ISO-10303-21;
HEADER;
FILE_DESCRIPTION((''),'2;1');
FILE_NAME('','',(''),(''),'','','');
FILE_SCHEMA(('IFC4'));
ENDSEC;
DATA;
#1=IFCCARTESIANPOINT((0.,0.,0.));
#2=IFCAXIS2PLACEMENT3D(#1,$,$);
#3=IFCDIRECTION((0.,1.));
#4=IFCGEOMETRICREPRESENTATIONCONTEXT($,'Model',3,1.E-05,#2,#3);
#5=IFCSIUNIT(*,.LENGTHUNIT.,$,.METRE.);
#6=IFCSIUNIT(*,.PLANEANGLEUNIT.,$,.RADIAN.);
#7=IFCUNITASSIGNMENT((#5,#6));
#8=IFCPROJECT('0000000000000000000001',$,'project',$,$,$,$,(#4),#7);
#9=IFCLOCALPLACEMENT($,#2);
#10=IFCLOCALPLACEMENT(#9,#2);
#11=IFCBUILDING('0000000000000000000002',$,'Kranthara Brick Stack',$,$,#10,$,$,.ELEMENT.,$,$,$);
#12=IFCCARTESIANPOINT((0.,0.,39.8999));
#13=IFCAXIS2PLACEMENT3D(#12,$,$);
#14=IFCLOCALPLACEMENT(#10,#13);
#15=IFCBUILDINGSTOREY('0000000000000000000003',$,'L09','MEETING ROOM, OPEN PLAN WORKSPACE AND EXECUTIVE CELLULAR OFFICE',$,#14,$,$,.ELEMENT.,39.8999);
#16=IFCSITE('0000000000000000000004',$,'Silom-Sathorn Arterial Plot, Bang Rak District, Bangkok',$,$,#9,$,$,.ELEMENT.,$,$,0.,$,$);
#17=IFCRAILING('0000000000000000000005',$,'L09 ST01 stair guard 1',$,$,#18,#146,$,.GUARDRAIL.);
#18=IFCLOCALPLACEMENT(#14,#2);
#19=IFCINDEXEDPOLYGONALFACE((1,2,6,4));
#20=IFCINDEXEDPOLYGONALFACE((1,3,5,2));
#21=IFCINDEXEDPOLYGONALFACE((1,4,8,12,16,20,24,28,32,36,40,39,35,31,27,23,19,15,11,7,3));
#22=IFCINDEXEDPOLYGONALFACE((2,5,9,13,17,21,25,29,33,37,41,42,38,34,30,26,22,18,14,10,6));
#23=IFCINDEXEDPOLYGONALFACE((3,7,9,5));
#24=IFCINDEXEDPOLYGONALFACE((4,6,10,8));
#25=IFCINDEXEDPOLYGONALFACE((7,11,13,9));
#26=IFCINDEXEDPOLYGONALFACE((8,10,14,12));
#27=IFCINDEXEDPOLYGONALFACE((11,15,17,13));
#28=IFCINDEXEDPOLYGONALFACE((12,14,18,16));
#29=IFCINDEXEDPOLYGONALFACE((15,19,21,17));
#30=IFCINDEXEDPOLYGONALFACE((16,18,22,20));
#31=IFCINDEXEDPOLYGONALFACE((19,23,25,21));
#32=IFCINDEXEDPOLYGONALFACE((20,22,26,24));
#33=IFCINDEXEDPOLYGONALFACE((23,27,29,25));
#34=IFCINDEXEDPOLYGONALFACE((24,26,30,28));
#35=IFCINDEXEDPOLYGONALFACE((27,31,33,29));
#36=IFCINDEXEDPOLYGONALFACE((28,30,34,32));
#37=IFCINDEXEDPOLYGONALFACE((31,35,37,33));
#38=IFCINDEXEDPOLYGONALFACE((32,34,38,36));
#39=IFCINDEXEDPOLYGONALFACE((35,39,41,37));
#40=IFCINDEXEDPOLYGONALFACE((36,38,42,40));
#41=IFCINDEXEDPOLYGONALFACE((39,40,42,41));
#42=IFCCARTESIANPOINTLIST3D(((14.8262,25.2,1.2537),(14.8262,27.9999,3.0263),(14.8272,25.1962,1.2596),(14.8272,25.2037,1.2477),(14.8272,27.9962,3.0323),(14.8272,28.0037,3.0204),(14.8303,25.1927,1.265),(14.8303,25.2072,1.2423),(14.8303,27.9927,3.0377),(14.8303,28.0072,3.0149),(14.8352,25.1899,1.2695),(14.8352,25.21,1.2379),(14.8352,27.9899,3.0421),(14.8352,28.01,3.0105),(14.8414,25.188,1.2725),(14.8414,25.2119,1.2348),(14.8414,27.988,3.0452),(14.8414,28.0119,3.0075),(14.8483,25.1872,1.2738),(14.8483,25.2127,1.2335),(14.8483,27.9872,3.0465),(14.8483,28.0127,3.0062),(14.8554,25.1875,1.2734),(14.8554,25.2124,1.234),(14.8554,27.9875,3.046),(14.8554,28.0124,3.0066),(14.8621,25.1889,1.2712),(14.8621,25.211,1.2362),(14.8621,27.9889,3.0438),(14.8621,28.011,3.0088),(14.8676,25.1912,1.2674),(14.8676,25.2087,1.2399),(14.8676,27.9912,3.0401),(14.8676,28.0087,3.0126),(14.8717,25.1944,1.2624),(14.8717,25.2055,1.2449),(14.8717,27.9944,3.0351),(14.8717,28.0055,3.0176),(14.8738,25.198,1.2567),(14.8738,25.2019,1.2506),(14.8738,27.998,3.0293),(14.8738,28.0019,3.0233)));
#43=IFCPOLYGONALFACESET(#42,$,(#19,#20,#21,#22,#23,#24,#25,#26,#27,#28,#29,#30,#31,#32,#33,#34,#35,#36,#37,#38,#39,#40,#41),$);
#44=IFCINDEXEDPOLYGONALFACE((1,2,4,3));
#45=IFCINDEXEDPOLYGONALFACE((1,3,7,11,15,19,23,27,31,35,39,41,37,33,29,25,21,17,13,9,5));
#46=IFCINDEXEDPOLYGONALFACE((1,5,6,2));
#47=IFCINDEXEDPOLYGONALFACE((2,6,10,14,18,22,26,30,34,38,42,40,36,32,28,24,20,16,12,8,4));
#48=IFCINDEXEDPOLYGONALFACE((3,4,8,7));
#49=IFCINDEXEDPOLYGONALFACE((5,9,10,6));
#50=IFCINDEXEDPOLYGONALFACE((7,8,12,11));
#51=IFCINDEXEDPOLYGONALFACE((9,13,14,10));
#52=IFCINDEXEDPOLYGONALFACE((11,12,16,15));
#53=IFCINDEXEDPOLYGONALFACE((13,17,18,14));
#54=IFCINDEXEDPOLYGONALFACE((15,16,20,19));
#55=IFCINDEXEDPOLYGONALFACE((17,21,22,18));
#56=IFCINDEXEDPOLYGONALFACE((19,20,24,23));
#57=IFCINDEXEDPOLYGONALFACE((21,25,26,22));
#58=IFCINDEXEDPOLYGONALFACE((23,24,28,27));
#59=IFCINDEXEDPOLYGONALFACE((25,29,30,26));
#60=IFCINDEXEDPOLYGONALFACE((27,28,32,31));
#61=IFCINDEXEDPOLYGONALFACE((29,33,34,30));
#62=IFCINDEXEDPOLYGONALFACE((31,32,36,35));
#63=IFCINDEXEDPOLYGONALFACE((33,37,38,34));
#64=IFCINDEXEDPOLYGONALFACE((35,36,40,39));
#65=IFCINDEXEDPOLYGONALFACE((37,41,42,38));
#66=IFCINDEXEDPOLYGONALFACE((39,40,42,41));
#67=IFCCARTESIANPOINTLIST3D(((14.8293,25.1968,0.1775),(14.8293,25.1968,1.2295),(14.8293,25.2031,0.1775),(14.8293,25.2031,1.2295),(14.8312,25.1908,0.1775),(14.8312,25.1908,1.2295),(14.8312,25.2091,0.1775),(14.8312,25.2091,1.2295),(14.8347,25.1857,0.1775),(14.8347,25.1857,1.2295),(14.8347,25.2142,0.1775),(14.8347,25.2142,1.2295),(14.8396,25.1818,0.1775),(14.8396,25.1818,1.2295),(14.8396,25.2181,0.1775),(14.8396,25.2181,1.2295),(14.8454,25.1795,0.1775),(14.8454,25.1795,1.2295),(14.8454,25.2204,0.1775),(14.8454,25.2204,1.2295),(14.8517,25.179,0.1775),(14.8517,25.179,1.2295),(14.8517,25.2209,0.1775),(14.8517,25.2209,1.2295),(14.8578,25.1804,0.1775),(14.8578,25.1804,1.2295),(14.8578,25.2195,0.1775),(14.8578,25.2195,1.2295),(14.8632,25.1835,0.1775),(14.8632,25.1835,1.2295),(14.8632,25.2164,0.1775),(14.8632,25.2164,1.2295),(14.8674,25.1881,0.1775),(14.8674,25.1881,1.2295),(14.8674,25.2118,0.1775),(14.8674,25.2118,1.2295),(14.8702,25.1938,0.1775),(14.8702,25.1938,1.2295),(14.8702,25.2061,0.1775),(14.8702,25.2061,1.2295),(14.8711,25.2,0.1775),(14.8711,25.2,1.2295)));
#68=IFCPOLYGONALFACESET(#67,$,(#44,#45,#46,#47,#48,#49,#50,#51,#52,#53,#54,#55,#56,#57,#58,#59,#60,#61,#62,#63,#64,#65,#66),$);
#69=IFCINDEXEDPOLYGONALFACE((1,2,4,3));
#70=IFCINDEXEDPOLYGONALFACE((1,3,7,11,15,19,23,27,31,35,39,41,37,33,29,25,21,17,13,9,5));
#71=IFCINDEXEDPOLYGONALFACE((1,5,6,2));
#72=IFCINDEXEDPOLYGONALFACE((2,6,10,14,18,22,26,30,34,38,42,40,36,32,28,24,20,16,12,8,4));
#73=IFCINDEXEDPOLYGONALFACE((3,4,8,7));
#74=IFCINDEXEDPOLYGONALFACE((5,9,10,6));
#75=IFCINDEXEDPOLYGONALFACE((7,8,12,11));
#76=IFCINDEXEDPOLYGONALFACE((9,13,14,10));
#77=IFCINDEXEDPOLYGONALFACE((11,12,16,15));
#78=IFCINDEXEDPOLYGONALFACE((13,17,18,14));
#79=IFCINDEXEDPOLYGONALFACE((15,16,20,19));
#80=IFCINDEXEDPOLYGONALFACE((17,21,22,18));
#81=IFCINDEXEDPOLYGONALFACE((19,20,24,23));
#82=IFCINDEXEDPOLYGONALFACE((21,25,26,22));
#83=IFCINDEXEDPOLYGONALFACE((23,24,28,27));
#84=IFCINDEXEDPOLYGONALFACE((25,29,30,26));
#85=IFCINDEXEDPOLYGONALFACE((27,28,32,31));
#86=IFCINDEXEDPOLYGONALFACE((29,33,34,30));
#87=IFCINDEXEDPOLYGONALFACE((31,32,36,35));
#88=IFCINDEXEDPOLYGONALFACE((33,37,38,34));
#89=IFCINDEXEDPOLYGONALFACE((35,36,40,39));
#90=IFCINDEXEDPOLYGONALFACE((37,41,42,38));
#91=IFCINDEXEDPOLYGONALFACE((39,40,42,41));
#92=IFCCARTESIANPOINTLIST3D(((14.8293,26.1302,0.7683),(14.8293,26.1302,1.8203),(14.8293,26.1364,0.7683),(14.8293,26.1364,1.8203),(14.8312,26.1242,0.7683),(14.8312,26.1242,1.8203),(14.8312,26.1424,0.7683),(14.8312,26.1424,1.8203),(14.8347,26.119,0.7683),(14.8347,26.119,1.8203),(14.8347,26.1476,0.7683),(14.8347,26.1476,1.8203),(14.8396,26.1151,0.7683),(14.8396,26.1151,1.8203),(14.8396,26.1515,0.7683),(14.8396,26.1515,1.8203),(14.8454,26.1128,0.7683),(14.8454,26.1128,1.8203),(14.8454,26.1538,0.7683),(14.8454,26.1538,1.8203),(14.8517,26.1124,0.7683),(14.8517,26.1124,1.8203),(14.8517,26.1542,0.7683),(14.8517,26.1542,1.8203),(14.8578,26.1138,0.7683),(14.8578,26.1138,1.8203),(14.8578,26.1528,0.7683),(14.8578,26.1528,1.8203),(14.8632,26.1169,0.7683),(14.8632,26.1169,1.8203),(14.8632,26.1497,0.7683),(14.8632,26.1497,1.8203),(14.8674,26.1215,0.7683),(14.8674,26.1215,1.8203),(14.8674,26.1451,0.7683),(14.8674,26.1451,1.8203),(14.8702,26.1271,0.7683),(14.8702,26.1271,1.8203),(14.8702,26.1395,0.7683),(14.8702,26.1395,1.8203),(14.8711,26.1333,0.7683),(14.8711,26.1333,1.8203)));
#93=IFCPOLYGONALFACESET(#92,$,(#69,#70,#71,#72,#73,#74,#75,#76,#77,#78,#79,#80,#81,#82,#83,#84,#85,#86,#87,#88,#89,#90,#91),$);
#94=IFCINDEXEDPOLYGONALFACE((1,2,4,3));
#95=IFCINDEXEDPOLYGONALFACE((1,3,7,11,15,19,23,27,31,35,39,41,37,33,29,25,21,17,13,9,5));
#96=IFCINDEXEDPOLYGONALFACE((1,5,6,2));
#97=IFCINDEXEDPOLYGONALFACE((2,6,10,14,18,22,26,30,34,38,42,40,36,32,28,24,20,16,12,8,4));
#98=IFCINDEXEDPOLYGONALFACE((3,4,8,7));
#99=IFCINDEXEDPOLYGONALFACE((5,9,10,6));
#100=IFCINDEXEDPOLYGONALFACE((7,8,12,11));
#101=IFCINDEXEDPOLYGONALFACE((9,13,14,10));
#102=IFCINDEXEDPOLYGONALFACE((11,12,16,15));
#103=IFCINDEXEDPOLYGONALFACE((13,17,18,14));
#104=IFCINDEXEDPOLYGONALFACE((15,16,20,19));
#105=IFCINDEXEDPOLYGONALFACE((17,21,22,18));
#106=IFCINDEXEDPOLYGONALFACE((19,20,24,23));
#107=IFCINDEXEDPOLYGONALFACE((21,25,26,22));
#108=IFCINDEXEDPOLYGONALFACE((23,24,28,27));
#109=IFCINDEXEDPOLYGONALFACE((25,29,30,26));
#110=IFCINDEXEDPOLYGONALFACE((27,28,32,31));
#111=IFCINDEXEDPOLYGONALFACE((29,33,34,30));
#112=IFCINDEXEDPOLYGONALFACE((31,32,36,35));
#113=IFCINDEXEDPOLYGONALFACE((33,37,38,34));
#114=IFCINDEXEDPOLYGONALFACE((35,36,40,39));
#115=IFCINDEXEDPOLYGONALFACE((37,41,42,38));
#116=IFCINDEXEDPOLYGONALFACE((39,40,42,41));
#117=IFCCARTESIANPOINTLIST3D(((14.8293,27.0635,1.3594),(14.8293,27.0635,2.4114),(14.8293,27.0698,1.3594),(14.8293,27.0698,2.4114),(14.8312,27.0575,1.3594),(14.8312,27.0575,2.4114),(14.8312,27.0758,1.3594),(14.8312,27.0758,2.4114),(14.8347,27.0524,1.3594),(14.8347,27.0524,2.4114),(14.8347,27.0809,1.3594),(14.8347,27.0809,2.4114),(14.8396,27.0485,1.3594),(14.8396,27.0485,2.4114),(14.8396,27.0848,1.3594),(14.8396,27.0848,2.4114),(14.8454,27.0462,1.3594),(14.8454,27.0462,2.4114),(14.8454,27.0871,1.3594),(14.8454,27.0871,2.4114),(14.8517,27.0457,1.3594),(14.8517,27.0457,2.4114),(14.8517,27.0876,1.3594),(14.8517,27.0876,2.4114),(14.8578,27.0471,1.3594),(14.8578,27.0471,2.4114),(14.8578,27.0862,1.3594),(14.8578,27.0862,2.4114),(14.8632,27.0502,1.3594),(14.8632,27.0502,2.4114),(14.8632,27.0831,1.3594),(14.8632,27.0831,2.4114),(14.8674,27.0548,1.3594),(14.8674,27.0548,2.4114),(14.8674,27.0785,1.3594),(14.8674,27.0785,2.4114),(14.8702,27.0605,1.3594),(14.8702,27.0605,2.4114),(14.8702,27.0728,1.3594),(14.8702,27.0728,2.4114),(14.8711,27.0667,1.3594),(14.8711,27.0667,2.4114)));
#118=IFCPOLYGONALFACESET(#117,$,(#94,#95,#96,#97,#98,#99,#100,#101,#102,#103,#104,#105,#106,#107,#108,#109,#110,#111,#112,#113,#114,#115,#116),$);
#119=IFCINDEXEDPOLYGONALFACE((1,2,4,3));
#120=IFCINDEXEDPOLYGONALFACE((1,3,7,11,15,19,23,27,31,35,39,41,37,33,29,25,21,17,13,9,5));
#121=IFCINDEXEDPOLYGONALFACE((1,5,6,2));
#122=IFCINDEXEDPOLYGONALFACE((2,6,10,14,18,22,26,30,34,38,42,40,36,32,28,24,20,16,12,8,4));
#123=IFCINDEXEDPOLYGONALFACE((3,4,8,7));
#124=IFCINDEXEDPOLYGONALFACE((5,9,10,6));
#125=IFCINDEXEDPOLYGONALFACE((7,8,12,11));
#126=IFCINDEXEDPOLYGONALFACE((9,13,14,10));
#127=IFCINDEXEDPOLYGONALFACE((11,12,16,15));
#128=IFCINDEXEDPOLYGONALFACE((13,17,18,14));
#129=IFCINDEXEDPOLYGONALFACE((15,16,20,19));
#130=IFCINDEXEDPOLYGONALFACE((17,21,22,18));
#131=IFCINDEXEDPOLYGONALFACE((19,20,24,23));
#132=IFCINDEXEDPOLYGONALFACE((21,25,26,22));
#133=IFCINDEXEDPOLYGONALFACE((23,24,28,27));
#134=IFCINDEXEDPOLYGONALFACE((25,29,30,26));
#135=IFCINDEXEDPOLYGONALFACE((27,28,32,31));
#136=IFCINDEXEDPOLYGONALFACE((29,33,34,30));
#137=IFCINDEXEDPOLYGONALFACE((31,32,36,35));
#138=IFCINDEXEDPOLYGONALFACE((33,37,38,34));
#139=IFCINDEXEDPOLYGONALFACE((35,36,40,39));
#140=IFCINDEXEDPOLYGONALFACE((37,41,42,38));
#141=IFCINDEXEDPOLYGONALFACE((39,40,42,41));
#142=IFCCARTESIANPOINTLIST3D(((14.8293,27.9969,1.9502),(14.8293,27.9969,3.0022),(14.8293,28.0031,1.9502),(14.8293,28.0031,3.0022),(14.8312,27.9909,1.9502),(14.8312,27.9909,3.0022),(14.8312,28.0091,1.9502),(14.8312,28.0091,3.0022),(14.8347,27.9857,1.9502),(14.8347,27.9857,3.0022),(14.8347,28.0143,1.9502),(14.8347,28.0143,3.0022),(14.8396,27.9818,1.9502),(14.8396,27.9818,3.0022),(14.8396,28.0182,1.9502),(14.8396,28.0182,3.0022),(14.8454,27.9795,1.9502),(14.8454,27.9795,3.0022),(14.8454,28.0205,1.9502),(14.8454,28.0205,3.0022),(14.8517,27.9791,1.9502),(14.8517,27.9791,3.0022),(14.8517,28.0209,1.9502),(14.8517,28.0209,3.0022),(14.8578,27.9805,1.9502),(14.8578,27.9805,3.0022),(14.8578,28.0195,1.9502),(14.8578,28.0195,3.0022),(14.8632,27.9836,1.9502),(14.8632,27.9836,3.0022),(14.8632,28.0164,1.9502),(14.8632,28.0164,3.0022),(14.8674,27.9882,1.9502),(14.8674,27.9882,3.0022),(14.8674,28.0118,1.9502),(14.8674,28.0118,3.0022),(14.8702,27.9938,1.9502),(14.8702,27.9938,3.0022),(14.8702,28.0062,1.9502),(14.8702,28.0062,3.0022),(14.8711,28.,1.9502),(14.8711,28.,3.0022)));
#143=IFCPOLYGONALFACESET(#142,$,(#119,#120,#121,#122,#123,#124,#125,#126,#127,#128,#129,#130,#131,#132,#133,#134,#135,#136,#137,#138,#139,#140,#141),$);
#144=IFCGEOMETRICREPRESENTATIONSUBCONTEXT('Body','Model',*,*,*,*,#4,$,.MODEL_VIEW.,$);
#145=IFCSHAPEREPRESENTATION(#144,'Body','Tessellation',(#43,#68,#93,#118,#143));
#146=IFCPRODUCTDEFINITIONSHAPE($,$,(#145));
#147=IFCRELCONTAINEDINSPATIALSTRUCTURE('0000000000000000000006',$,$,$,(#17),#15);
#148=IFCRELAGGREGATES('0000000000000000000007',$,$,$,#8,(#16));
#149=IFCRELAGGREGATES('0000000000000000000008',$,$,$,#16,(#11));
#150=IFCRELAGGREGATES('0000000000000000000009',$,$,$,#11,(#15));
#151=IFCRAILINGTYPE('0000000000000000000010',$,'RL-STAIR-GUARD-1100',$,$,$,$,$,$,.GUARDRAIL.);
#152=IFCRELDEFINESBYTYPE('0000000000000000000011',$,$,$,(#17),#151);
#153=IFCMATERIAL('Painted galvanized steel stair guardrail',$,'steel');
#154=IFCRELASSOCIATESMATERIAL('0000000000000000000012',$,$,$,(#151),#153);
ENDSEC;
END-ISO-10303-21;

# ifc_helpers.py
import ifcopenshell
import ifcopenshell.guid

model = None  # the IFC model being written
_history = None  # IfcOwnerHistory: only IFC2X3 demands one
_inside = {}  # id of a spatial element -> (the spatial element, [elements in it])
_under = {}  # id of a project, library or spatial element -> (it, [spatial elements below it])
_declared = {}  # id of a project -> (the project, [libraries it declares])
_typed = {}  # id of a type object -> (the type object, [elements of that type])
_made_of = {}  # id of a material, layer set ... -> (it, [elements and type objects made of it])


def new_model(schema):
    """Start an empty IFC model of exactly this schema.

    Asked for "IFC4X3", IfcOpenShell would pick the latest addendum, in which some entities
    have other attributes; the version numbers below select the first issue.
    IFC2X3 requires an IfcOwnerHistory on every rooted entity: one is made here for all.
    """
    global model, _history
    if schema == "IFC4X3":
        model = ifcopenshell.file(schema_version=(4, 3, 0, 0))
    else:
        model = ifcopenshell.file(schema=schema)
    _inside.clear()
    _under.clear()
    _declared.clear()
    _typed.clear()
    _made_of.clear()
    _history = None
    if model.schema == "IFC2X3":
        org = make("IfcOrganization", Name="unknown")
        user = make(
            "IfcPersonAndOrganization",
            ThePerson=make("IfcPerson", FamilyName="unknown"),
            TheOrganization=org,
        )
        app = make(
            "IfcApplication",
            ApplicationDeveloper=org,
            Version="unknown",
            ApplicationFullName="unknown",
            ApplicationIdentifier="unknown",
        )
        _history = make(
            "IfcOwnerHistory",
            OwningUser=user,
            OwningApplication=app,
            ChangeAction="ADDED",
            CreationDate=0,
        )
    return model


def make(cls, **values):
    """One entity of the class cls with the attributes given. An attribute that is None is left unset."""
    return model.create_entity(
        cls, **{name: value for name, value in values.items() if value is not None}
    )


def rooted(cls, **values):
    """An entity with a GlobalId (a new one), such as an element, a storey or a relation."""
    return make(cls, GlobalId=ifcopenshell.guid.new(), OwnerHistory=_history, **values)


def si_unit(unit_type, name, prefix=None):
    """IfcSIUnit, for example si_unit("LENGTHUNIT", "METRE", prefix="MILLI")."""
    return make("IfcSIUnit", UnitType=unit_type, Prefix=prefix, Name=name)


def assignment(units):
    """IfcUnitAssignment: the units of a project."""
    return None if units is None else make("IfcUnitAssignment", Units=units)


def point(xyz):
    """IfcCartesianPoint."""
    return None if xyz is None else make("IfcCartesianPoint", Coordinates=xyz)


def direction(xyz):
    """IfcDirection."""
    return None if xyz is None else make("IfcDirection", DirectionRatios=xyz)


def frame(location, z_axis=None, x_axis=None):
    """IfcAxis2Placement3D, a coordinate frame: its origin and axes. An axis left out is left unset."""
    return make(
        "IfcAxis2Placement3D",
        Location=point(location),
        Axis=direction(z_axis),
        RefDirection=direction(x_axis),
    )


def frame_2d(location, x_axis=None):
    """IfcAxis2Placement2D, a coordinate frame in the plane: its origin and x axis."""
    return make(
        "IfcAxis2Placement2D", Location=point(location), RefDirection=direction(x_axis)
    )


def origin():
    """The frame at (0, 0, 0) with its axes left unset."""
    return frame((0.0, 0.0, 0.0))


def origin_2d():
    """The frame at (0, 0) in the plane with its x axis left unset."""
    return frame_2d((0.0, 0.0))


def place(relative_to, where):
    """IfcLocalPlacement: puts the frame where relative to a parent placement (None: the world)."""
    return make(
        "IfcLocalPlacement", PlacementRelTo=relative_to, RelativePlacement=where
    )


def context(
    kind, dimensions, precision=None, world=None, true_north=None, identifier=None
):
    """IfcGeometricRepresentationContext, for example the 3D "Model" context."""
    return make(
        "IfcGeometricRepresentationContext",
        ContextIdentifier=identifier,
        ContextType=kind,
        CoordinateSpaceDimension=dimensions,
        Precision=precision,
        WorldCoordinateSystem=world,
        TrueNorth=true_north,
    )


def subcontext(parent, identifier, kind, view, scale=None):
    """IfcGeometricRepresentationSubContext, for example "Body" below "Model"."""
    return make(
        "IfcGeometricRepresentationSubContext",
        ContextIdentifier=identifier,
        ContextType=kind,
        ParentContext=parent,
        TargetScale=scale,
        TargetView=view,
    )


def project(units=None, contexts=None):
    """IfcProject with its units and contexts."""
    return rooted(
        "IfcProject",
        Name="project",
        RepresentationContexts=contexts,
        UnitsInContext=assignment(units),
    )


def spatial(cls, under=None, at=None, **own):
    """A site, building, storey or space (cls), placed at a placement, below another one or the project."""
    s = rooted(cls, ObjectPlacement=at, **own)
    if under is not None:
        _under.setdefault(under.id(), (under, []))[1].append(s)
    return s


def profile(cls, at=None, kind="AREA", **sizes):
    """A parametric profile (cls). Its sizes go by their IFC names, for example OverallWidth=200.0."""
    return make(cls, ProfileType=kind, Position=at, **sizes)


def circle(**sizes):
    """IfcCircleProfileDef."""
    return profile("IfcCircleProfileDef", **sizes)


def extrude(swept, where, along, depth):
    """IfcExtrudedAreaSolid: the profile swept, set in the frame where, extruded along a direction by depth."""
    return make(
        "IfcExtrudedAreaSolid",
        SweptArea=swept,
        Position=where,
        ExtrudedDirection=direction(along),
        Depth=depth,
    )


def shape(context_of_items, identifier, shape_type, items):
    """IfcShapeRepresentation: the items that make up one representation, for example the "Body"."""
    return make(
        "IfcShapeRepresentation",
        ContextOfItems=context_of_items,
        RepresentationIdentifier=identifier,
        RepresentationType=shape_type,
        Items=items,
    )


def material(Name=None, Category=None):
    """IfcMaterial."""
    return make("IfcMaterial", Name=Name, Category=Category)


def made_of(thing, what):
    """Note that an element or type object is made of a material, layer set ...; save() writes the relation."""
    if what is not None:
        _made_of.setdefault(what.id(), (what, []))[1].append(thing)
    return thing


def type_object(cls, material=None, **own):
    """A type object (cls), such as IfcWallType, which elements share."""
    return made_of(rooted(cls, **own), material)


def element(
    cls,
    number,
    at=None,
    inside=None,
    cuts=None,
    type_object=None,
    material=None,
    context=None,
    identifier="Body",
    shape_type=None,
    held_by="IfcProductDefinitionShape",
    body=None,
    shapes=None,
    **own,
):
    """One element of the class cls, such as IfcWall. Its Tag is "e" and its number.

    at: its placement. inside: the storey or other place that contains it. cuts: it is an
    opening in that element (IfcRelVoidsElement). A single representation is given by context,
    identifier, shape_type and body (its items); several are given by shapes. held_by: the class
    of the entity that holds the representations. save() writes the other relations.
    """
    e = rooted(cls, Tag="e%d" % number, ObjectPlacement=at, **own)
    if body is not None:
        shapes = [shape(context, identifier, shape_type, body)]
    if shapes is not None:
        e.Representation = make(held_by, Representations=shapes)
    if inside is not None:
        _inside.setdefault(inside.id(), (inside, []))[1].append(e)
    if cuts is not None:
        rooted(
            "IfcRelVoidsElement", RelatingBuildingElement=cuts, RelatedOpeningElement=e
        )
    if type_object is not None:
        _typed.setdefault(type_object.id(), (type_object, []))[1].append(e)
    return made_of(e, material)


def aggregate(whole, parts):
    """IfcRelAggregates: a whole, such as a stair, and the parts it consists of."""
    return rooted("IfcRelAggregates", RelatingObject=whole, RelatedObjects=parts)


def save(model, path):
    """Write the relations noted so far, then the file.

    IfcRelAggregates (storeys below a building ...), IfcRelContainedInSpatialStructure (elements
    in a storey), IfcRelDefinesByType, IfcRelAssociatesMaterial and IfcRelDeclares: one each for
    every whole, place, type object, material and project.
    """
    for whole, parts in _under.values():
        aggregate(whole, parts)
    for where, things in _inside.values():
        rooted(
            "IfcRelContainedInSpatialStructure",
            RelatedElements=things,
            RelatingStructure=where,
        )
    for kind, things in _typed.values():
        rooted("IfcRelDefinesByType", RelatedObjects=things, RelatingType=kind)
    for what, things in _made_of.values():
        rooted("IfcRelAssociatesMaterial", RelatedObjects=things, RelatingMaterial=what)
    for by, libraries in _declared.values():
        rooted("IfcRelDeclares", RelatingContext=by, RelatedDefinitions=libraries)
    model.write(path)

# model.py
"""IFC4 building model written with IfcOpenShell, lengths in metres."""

from ifc_helpers import new_model, si_unit, direction, frame, origin, origin_2d, place, context, subcontext, project, spatial, circle, extrude, material, type_object, element, save


model = new_model("IFC4")

# Units and contexts
model_context = context("Model", 3, precision=1e-05, world=origin(), true_north=direction((0.0, 1.0)))
body_context = subcontext(model_context, "Body", "Model", "MODEL_VIEW")
ifc_project = project(units=[si_unit("LENGTHUNIT", "METRE"), si_unit("PLANEANGLEUNIT", "RADIAN")], contexts=[model_context])

# Site, building, storey
site_placement = place(None, origin())
site = spatial("IfcSite", under=ifc_project, at=site_placement, Name="Silom-Sathorn Arterial Plot, Bang Rak District, Bangkok", CompositionType="ELEMENT", RefElevation=0.0)
building_placement = place(site_placement, origin())
building = spatial("IfcBuilding", under=site, at=building_placement, Name="Kranthara Brick Stack", CompositionType="ELEMENT")
storey_placement = place(building_placement, frame((0.0, 0.0, 39.8999)))
storey = spatial("IfcBuildingStorey", under=building, at=storey_placement, Name="L09", Description="MEETING ROOM, OPEN PLAN WORKSPACE AND EXECUTIVE CELLULAR OFFICE", CompositionType="ELEMENT", Elevation=39.8999)

# Railing
ifc_material_1 = material(Name="Painted galvanized steel stair guardrail", Category="steel")
railing_type_1 = type_object("IfcRailingType", Name="RL-STAIR-GUARD-1100", PredefinedType="GUARDRAIL", material=ifc_material_1)
railing_1_placement = place(storey_placement, frame((14.8501, 25.2, 0.1775)))
element("IfcRailing", 1, at=railing_1_placement, inside=storey, type_object=railing_type_1, Name="L09 ST01 stair guard 1", PredefinedType="GUARDRAIL", context=body_context, shape_type="SweptSolid", body=[
    extrude(circle(Radius=0.0239, at=origin_2d()), frame((0.0, 0.0, 1.0762), z_axis=(0.0, 0.844909, 0.53491), x_axis=(-1.0, 0.0, 0.0)), (0.0, 0.0, 1.0), 3.314),
    extrude(circle(Radius=0.021, at=origin_2d()), origin(), (0.0, 0.0, 1.0), 1.052),
    extrude(circle(Radius=0.021, at=origin_2d()), frame((0.0, 0.9333, 0.5908)), (0.0, 0.0, 1.0), 1.052),
    extrude(circle(Radius=0.021, at=origin_2d()), frame((0.0, 1.8667, 1.1819)), (0.0, 0.0, 1.0), 1.052),
    extrude(circle(Radius=0.021, at=origin_2d()), frame((0.0, 2.8, 1.7727)), (0.0, 0.0, 1.0), 1.052),
])

save(model, "model.ifc")
